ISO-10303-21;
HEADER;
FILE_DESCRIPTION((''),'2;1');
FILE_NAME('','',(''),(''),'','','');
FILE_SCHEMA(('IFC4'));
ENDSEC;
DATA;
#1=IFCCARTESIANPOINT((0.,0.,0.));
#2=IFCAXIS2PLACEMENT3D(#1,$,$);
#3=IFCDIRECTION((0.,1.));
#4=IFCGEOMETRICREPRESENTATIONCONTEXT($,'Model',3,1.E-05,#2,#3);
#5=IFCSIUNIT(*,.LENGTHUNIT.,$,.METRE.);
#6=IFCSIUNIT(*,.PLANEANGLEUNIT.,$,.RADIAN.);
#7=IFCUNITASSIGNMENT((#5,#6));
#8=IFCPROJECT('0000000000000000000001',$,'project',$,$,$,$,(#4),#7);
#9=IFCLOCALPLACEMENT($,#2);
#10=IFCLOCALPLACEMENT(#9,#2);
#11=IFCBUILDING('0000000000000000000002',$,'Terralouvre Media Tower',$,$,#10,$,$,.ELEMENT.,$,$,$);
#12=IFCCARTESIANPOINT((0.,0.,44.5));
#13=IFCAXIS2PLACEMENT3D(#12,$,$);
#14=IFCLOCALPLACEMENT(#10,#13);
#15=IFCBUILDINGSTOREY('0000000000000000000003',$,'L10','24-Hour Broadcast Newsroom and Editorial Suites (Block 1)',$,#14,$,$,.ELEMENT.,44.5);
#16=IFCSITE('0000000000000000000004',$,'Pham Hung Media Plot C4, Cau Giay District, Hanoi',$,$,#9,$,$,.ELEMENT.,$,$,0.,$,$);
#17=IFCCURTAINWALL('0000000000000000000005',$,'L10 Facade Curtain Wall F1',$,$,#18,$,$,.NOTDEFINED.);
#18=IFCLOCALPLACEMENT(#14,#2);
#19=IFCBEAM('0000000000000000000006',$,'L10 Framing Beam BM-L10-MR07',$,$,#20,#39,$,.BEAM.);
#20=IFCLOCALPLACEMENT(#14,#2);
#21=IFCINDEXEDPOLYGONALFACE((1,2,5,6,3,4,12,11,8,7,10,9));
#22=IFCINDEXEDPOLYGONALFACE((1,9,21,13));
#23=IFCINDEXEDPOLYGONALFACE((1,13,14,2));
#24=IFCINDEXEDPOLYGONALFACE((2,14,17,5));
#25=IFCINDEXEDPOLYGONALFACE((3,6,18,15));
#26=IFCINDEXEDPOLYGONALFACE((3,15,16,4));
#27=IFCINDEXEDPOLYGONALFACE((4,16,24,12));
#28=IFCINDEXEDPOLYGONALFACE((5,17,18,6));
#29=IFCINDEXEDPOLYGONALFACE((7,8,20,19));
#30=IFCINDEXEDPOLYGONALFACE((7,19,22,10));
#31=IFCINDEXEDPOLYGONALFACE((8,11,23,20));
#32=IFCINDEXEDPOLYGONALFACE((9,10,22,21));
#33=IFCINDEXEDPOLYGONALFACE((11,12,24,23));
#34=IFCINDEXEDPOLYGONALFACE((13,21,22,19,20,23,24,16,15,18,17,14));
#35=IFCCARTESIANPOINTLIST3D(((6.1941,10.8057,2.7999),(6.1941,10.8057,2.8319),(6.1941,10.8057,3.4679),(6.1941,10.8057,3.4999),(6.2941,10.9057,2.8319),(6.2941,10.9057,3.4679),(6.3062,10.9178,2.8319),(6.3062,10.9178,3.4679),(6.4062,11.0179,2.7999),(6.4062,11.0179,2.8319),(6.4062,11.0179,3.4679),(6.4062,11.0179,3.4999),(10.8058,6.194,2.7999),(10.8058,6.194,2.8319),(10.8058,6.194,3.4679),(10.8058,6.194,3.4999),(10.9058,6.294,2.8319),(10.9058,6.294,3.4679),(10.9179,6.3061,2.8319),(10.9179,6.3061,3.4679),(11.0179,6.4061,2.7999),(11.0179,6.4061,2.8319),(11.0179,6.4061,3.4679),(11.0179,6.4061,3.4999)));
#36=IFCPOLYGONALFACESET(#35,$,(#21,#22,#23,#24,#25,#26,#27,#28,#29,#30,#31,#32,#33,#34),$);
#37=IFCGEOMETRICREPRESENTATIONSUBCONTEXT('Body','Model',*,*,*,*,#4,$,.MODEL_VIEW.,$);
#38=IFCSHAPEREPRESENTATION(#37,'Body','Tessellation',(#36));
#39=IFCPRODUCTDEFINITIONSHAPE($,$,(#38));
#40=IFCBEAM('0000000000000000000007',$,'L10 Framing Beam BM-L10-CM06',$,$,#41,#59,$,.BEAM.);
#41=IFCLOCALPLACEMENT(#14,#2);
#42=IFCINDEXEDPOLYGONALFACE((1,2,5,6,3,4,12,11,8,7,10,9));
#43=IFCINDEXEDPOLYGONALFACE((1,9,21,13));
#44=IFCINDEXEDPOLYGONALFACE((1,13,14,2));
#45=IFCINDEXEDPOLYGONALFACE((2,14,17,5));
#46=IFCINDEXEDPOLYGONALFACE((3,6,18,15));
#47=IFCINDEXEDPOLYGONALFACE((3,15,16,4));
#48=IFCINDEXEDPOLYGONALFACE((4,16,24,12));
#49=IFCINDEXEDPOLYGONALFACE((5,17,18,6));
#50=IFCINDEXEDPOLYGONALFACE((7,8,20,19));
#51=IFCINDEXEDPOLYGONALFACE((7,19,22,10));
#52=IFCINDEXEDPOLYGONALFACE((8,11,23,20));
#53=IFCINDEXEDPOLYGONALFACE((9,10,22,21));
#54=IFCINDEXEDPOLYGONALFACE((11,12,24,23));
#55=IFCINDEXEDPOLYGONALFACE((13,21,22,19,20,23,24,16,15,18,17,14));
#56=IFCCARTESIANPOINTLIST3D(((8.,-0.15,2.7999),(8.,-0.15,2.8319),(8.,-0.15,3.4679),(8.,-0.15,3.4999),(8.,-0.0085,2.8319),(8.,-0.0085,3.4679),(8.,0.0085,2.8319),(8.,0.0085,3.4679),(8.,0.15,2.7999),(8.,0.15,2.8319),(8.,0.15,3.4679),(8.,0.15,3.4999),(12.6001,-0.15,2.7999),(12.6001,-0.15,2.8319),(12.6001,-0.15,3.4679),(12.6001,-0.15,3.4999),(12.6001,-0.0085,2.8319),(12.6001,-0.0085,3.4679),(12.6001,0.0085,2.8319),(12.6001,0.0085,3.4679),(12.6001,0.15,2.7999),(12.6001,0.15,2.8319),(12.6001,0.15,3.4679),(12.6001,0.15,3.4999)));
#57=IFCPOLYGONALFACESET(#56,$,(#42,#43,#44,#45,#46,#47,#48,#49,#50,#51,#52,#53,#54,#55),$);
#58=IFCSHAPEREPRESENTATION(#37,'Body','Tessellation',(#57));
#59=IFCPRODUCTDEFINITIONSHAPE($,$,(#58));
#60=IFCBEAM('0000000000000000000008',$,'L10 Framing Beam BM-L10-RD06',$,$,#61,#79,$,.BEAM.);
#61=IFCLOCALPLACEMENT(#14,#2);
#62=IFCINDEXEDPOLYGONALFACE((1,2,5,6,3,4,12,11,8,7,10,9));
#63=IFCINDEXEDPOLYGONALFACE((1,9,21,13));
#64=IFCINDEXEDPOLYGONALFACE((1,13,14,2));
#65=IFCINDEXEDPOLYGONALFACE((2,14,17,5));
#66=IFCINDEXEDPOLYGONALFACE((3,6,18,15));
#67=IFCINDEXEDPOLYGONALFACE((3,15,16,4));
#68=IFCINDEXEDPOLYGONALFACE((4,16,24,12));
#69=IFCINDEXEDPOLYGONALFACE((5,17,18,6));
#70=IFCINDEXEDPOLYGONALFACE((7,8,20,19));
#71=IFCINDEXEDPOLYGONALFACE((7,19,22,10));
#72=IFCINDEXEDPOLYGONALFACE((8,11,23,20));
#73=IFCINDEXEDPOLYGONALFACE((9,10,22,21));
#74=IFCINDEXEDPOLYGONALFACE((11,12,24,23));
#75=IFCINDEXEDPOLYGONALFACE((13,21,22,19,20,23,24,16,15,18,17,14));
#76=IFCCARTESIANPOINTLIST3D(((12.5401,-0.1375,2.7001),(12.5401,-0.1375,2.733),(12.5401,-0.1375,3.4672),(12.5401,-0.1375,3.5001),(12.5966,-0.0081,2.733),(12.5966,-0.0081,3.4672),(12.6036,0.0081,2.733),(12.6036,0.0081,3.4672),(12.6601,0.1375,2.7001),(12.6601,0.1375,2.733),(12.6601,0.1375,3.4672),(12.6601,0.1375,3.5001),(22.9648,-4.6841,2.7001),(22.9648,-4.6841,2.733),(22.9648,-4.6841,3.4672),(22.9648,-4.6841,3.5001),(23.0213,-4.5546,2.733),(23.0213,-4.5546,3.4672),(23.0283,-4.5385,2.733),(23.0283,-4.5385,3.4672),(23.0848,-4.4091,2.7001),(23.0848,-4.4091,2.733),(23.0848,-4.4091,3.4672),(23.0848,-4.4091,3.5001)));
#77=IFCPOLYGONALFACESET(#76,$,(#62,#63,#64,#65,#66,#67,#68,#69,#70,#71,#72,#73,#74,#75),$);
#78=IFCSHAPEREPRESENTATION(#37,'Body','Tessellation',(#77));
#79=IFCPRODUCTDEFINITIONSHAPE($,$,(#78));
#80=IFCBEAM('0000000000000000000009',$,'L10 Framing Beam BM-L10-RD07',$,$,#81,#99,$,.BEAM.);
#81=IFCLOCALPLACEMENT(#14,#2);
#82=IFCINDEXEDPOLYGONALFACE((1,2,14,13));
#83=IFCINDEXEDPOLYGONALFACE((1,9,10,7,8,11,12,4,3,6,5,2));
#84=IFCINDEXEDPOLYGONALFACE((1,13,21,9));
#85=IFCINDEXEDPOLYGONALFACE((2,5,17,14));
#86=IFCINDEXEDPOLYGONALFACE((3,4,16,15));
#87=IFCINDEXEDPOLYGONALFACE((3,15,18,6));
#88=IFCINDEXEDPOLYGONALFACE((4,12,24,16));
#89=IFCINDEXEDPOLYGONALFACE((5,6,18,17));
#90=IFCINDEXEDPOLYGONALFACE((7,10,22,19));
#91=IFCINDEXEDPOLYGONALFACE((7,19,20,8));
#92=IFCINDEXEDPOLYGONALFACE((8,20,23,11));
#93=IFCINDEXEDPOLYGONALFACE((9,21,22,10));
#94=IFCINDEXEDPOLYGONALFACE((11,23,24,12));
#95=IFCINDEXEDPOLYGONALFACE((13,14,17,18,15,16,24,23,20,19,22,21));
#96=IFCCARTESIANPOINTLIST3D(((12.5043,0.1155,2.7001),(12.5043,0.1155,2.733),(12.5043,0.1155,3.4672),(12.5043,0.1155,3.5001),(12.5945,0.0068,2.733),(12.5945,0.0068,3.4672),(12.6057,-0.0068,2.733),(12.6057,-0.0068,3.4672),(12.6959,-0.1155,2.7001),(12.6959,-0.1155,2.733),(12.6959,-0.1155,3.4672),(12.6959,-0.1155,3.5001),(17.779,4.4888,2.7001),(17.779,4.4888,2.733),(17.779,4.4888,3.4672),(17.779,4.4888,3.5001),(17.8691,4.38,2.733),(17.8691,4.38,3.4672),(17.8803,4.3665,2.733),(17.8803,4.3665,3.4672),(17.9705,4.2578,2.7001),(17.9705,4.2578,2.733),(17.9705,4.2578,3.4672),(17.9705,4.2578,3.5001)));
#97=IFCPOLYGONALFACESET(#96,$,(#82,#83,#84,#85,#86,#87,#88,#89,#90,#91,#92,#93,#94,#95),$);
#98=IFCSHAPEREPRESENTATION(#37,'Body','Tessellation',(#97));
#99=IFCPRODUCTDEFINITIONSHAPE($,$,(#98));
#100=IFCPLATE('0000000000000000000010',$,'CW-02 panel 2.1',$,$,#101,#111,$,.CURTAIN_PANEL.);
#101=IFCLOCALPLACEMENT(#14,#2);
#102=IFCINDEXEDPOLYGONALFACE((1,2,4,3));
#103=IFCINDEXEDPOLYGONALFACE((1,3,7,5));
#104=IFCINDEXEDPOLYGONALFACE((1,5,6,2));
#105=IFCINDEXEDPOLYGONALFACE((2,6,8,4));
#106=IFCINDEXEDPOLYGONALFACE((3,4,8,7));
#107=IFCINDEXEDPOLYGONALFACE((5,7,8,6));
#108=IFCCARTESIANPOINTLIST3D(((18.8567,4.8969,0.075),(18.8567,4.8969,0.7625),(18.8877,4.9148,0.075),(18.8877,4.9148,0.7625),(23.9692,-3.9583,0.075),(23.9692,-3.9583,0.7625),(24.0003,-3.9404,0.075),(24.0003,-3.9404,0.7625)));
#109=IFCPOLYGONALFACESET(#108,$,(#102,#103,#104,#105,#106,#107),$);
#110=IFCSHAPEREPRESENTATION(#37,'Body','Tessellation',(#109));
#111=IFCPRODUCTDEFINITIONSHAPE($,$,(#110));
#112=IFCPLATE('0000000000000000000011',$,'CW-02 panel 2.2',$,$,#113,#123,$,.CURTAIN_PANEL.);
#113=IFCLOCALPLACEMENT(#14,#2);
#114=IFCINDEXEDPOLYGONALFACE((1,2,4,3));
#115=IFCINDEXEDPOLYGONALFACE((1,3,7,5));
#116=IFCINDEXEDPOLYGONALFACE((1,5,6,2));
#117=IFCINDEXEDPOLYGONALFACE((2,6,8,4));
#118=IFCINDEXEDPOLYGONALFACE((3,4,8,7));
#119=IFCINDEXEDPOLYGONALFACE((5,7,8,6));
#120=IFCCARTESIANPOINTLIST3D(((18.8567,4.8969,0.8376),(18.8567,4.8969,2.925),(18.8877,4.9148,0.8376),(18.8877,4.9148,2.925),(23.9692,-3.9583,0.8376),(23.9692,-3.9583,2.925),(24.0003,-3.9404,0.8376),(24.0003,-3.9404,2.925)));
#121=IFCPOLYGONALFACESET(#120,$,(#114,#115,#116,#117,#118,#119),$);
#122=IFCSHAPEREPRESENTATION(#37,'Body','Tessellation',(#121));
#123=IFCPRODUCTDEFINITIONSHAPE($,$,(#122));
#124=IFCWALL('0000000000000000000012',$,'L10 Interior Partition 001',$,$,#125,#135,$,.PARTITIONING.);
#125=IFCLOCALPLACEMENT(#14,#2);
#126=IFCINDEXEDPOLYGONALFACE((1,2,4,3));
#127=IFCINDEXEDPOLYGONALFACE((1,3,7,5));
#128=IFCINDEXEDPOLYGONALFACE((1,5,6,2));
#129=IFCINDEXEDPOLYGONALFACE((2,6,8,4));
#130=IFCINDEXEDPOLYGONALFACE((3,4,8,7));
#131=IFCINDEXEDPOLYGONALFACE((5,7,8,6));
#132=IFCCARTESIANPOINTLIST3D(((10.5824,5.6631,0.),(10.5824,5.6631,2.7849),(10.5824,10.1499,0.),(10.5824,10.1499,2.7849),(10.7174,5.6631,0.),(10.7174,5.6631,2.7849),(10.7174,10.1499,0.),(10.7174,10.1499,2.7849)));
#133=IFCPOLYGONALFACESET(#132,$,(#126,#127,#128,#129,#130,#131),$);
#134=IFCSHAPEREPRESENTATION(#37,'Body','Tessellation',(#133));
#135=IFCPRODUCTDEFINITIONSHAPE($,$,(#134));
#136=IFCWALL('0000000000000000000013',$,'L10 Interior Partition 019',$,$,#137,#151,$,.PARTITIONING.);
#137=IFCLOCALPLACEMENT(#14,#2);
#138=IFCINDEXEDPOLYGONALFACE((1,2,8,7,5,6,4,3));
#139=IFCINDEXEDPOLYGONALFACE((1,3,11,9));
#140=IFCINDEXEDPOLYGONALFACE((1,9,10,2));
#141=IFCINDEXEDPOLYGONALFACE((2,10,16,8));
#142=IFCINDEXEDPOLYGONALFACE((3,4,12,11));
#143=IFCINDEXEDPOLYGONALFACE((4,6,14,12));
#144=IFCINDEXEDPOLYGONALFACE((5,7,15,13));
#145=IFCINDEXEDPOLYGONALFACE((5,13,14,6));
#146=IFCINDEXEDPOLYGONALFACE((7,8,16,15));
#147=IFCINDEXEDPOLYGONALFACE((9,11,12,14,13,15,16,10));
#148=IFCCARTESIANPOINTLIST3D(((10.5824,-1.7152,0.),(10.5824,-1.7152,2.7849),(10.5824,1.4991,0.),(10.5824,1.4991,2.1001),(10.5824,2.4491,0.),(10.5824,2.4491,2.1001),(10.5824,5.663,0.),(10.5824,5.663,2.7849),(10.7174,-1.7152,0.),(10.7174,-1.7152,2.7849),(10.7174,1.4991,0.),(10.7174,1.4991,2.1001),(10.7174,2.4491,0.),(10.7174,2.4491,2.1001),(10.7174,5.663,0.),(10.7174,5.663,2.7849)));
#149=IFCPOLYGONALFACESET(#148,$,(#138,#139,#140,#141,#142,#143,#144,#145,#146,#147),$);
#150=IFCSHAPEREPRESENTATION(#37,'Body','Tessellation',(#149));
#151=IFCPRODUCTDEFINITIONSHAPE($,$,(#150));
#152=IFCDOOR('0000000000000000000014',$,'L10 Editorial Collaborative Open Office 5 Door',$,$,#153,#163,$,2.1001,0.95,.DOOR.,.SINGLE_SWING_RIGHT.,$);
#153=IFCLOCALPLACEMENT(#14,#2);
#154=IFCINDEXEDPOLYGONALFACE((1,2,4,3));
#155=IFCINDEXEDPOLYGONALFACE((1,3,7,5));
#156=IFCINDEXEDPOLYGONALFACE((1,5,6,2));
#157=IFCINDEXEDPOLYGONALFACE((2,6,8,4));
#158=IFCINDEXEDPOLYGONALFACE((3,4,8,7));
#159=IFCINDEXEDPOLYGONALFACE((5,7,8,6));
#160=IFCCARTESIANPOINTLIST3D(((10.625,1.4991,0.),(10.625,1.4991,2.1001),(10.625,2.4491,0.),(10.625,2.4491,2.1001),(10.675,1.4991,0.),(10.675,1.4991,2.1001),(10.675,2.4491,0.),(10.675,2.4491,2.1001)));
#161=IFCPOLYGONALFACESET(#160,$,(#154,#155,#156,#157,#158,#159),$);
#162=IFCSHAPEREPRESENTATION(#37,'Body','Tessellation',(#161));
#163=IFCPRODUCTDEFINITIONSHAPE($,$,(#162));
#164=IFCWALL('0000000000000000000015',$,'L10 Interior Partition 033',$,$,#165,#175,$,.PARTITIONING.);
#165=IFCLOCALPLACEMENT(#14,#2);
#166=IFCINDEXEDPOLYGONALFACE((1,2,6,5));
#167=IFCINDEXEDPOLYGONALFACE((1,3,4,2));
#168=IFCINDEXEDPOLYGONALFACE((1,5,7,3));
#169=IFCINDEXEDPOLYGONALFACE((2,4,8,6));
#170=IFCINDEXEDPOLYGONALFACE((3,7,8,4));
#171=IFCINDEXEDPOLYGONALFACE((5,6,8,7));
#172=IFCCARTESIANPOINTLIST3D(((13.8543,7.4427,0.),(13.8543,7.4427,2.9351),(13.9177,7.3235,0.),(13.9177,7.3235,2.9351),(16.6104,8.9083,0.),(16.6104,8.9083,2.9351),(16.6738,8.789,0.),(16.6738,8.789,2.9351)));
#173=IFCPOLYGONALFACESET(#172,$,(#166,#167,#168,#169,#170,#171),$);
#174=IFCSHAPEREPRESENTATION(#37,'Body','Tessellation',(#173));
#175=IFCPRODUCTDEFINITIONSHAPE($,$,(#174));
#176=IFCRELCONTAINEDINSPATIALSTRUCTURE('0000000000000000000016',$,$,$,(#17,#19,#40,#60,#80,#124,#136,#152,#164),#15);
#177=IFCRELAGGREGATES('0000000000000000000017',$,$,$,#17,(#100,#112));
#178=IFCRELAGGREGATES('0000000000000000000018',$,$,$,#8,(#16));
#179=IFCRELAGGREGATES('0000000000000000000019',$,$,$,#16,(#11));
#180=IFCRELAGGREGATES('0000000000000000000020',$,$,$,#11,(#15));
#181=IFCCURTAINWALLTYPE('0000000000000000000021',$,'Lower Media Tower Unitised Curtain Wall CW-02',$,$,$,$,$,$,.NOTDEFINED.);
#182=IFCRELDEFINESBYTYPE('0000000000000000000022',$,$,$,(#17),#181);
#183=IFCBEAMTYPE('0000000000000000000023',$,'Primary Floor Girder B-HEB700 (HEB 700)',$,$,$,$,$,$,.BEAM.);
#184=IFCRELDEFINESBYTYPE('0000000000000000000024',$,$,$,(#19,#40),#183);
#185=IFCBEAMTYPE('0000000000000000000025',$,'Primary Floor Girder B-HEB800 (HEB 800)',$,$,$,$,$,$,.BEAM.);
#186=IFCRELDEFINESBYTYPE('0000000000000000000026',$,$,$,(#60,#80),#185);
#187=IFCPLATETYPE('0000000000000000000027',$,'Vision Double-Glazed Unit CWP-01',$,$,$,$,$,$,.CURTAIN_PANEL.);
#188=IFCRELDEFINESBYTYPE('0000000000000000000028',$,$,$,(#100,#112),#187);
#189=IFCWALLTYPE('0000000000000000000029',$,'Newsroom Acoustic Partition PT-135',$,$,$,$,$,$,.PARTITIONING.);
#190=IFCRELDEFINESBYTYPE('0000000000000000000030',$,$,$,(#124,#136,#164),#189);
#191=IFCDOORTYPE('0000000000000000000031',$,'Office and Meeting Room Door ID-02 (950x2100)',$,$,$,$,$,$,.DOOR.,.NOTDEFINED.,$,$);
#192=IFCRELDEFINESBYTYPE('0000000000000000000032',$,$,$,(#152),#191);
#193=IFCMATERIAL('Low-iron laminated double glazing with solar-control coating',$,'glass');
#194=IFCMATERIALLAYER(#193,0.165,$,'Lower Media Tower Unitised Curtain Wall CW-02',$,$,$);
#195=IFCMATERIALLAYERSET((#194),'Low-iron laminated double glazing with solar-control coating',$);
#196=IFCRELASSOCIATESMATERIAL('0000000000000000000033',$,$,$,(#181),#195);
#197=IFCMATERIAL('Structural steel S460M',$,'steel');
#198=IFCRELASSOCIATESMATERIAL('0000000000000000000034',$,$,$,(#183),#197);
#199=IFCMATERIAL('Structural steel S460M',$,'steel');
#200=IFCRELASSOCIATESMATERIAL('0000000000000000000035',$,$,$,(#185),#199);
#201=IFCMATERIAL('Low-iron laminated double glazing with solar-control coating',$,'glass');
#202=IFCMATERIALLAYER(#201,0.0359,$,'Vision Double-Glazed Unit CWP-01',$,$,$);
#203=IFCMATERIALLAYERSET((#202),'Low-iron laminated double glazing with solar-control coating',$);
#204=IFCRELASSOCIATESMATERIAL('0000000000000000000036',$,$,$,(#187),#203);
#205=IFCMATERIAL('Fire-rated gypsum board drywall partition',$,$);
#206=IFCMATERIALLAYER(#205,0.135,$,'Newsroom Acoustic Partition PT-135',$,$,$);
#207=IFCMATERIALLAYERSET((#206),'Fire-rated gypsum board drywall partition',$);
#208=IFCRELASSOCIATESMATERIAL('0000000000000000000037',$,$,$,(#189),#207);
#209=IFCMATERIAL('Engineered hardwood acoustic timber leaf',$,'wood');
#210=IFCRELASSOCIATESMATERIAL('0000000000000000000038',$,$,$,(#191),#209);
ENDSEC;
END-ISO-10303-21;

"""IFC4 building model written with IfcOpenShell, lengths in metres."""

from ifc_helpers import new_model, si_unit, direction, frame, frame_2d, origin, origin_2d, place, context, subcontext, project, spatial, rectangle, i_section, extrude, material, layer, layer_set, material_profile, profile_set, type_object, element, fill, aggregate, save


model = new_model("IFC4")

# Units and contexts
model_context = context("Model", 3, precision=1e-05, world=origin(), true_north=direction((0.0, 1.0)))
body_context = subcontext(model_context, "Body", "Model", "MODEL_VIEW")
ifc_project = project(units=[si_unit("LENGTHUNIT", "METRE"), si_unit("PLANEANGLEUNIT", "RADIAN")], contexts=[model_context])

# Site, building, storey
site_placement = place(None, origin())
site = spatial("IfcSite", under=ifc_project, at=site_placement, Name="Pham Hung Media Plot C4, Cau Giay District, Hanoi", CompositionType="ELEMENT", RefElevation=0.0)
building_placement = place(site_placement, origin())
building = spatial("IfcBuilding", under=site, at=building_placement, Name="Terralouvre Media Tower", CompositionType="ELEMENT")
storey_placement = place(building_placement, frame((0.0, 0.0, 44.5)))
storey = spatial("IfcBuildingStorey", under=building, at=storey_placement, Name="L10", Description="24-Hour Broadcast Newsroom and Editorial Suites (Block 1)", CompositionType="ELEMENT", Elevation=44.5)

# Curtain wall
ifc_material_1 = material(Name="Low-iron laminated double glazing with solar-control coating", Category="glass")
ifc_layer_1 = layer(ifc_material_1, 0.165, Name="Lower Media Tower Unitised Curtain Wall CW-02")
ifc_layer_set_1 = layer_set([ifc_layer_1], Name="Low-iron laminated double glazing with solar-control coating")
curtain_wall_type = type_object("IfcCurtainWallType", Name="Lower Media Tower Unitised Curtain Wall CW-02", PredefinedType="NOTDEFINED", material=ifc_layer_set_1)
curtain_wall_placement = place(storey_placement, origin())
curtain_wall = element("IfcCurtainWall", 1, at=curtain_wall_placement, inside=storey, type_object=curtain_wall_type, Name="L10 Facade Curtain Wall F1", PredefinedType="NOTDEFINED")

# Beams
ifc_material_2 = material(Name="Structural steel S460M", Category="steel")
ifc_material_profile_1 = material_profile(ifc_material_2, i_section(OverallWidth=0.3, OverallDepth=0.7, WebThickness=0.0171, FlangeThickness=0.032, at=origin_2d()), Name="HEB 700")
ifc_profile_set_1 = profile_set([ifc_material_profile_1], Name="Structural steel S460M")
beam_type_1 = type_object("IfcBeamType", Name="Primary Floor Girder B-HEB700 (HEB 700)", PredefinedType="BEAM", material=ifc_profile_set_1)
beam_1_placement = place(storey_placement, frame((10.9119, 6.3, 3.1499), z_axis=(-0.707107, 0.707107, 0.0), x_axis=(-0.707107, -0.707107, 0.0)))
element("IfcBeam", 2, at=beam_1_placement, inside=storey, type_object=beam_type_1, Name="L10 Framing Beam BM-L10-MR07", PredefinedType="BEAM", context=body_context, shape_type="SweptSolid", body=[
    extrude(i_section(OverallWidth=0.3, OverallDepth=0.7, WebThickness=0.0171, FlangeThickness=0.032, at=origin_2d()), origin(), (0.0, 0.0, 1.0), 6.522),
])
beam_2_placement = place(storey_placement, frame((8.0, 0.0, 3.1499), z_axis=(1.0, 0.0, 0.0), x_axis=(0.0, 1.0, 0.0)))
element("IfcBeam", 3, at=beam_2_placement, inside=storey, type_object=beam_type_1, Name="L10 Framing Beam BM-L10-CM06", PredefinedType="BEAM", context=body_context, shape_type="SweptSolid", body=[
    extrude(i_section(OverallWidth=0.3, OverallDepth=0.7, WebThickness=0.0171, FlangeThickness=0.032, at=origin_2d()), origin(), (0.0, 0.0, 1.0), 4.6001),
])
ifc_material_3 = material(Name="Structural steel S460M", Category="steel")
ifc_material_profile_2 = material_profile(ifc_material_3, i_section(OverallWidth=0.3, OverallDepth=0.8, WebThickness=0.0176, FlangeThickness=0.033, at=origin_2d()), Name="HEB 800")
ifc_profile_set_2 = profile_set([ifc_material_profile_2], Name="Structural steel S460M")
beam_type_2 = type_object("IfcBeamType", Name="Primary Floor Girder B-HEB800 (HEB 800)", PredefinedType="BEAM", material=ifc_profile_set_2)
beam_3_placement = place(storey_placement, frame((12.6001, 0.0, 3.1001), z_axis=(0.916616, -0.399769, 0.0), x_axis=(0.399769, 0.916616, 0.0)))
element("IfcBeam", 4, at=beam_3_placement, inside=storey, type_object=beam_type_2, Name="L10 Framing Beam BM-L10-RD06", PredefinedType="BEAM", context=body_context, shape_type="SweptSolid", body=[
    extrude(i_section(OverallWidth=0.3, OverallDepth=0.8, WebThickness=0.0176, FlangeThickness=0.033, at=origin_2d()), origin(), (0.0, 0.0, 1.0), 11.373),
])
beam_4_placement = place(storey_placement, frame((12.6001, 0.0, 3.1001), z_axis=(0.769816, 0.638265, 0.0), x_axis=(-0.638265, 0.769816, 0.0)))
element("IfcBeam", 5, at=beam_4_placement, inside=storey, type_object=beam_type_2, Name="L10 Framing Beam BM-L10-RD07", PredefinedType="BEAM", context=body_context, shape_type="SweptSolid", body=[
    extrude(i_section(OverallWidth=0.3, OverallDepth=0.8, WebThickness=0.0176, FlangeThickness=0.033, at=origin_2d()), origin(), (0.0, 0.0, 1.0), 6.8518),
])

# Plates
ifc_material_4 = material(Name="Low-iron laminated double glazing with solar-control coating", Category="glass")
ifc_layer_2 = layer(ifc_material_4, 0.0359, Name="Vision Double-Glazed Unit CWP-01")
ifc_layer_set_2 = layer_set([ifc_layer_2], Name="Low-iron laminated double glazing with solar-control coating")
plate_type = type_object("IfcPlateType", Name="Vision Double-Glazed Unit CWP-01", PredefinedType="CURTAIN_PANEL", material=ifc_layer_set_2)
plate_1_placement = place(storey_placement, frame((21.4285, 0.4783, 0.075), z_axis=(0.0, 0.0, 1.0), x_axis=(-0.5, 0.866025, 0.0)))
plate_1 = element("IfcPlate", 6, at=plate_1_placement, type_object=plate_type, Name="CW-02 panel 2.1", PredefinedType="CURTAIN_PANEL", context=body_context, shape_type="SweptSolid", body=[
    extrude(rectangle(XDim=10.2251, YDim=0.0359, at=origin_2d()), origin(), (0.0, 0.0, 1.0), 0.6875),
])
plate_2_placement = place(storey_placement, frame((21.4285, 0.4783, 0.8376), z_axis=(0.0, 0.0, 1.0), x_axis=(-0.5, 0.866025, 0.0)))
plate_2 = element("IfcPlate", 7, at=plate_2_placement, type_object=plate_type, Name="CW-02 panel 2.2", PredefinedType="CURTAIN_PANEL", context=body_context, shape_type="SweptSolid", body=[
    extrude(rectangle(XDim=10.2251, YDim=0.0359, at=origin_2d()), origin(), (0.0, 0.0, 1.0), 2.0874),
])
aggregate(curtain_wall, [plate_1, plate_2])

# Wall
ifc_material_5 = material(Name="Fire-rated gypsum board drywall partition")
ifc_layer_3 = layer(ifc_material_5, 0.135, Name="Newsroom Acoustic Partition PT-135")
ifc_layer_set_3 = layer_set([ifc_layer_3], Name="Fire-rated gypsum board drywall partition")
wall_type = type_object("IfcWallType", Name="Newsroom Acoustic Partition PT-135", PredefinedType="PARTITIONING", material=ifc_layer_set_3)
wall_1_placement = place(storey_placement, frame((10.6499, 5.6631, 0.0), z_axis=(0.0, 0.0, 1.0), x_axis=(0.0, 1.0, 0.0)))
element("IfcWall", 8, at=wall_1_placement, inside=storey, type_object=wall_type, Name="L10 Interior Partition 001", PredefinedType="PARTITIONING", context=body_context, shape_type="SweptSolid", body=[
    extrude(rectangle(XDim=4.4868, YDim=0.135, at=frame_2d((2.2434, 0.0))), origin(), (0.0, 0.0, 1.0), 2.7849),
])

# Wall, opening, door
wall_2_placement = place(storey_placement, frame((10.6499, -1.7151, 0.0), z_axis=(0.0, 0.0, 1.0), x_axis=(0.0, 1.0, 0.0)))
wall_2 = element("IfcWall", 9, at=wall_2_placement, inside=storey, type_object=wall_type, Name="L10 Interior Partition 019", PredefinedType="PARTITIONING", context=body_context, shape_type="SweptSolid", body=[
    extrude(rectangle(XDim=7.3782, YDim=0.135, at=frame_2d((3.689, 0.0))), origin(), (0.0, 0.0, 1.0), 2.7849),
])
opening_placement = place(wall_2_placement, frame((3.2141, 0.0, 0.0)))
opening = element("IfcOpeningElement", 10, at=opening_placement, cuts=wall_2, PredefinedType="OPENING", context=body_context, shape_type="SweptSolid", body=[
    extrude(rectangle(XDim=0.95, YDim=2.1001, at=frame_2d((0.4751, 1.05))), frame((0.0, 0.0774, 0.0), z_axis=(0.0, -1.0, 0.0), x_axis=(1.0, 0.0, 0.0)), (0.0, 0.0, 1.0), 0.155),
])
ifc_material_6 = material(Name="Engineered hardwood acoustic timber leaf", Category="wood")
door_type = type_object("IfcDoorType", Name="Office and Meeting Room Door ID-02 (950x2100)", OperationType="NOTDEFINED", PredefinedType="DOOR", material=ifc_material_6)
door_placement = place(opening_placement, origin())
door = element("IfcDoor", 11, at=door_placement, inside=storey, type_object=door_type, Name="L10 Editorial Collaborative Open Office 5 Door", OperationType="SINGLE_SWING_RIGHT", OverallHeight=2.1001, OverallWidth=0.95, PredefinedType="DOOR", context=body_context, shape_type="SweptSolid", body=[
    extrude(rectangle(XDim=0.95, YDim=2.1001, at=frame_2d((0.4751, 1.05))), frame((0.0, 0.0249, 0.0), z_axis=(0.0, -1.0, 0.0), x_axis=(1.0, 0.0, 0.0)), (0.0, 0.0, 1.0), 0.05),
])
fill(opening, door)

# Wall
wall_3_placement = place(storey_placement, frame((13.886, 7.3831, 0.0), z_axis=(0.0, 0.0, 1.0), x_axis=(0.88293, 0.469504, 0.0)))
element("IfcWall", 12, at=wall_3_placement, inside=storey, type_object=wall_type, Name="L10 Interior Partition 033", PredefinedType="PARTITIONING", context=body_context, shape_type="SweptSolid", body=[
    extrude(rectangle(XDim=3.1216, YDim=0.135, at=frame_2d((1.5608, 0.0))), origin(), (0.0, 0.0, 1.0), 2.9351),
])

save(model, "model.ifc")
